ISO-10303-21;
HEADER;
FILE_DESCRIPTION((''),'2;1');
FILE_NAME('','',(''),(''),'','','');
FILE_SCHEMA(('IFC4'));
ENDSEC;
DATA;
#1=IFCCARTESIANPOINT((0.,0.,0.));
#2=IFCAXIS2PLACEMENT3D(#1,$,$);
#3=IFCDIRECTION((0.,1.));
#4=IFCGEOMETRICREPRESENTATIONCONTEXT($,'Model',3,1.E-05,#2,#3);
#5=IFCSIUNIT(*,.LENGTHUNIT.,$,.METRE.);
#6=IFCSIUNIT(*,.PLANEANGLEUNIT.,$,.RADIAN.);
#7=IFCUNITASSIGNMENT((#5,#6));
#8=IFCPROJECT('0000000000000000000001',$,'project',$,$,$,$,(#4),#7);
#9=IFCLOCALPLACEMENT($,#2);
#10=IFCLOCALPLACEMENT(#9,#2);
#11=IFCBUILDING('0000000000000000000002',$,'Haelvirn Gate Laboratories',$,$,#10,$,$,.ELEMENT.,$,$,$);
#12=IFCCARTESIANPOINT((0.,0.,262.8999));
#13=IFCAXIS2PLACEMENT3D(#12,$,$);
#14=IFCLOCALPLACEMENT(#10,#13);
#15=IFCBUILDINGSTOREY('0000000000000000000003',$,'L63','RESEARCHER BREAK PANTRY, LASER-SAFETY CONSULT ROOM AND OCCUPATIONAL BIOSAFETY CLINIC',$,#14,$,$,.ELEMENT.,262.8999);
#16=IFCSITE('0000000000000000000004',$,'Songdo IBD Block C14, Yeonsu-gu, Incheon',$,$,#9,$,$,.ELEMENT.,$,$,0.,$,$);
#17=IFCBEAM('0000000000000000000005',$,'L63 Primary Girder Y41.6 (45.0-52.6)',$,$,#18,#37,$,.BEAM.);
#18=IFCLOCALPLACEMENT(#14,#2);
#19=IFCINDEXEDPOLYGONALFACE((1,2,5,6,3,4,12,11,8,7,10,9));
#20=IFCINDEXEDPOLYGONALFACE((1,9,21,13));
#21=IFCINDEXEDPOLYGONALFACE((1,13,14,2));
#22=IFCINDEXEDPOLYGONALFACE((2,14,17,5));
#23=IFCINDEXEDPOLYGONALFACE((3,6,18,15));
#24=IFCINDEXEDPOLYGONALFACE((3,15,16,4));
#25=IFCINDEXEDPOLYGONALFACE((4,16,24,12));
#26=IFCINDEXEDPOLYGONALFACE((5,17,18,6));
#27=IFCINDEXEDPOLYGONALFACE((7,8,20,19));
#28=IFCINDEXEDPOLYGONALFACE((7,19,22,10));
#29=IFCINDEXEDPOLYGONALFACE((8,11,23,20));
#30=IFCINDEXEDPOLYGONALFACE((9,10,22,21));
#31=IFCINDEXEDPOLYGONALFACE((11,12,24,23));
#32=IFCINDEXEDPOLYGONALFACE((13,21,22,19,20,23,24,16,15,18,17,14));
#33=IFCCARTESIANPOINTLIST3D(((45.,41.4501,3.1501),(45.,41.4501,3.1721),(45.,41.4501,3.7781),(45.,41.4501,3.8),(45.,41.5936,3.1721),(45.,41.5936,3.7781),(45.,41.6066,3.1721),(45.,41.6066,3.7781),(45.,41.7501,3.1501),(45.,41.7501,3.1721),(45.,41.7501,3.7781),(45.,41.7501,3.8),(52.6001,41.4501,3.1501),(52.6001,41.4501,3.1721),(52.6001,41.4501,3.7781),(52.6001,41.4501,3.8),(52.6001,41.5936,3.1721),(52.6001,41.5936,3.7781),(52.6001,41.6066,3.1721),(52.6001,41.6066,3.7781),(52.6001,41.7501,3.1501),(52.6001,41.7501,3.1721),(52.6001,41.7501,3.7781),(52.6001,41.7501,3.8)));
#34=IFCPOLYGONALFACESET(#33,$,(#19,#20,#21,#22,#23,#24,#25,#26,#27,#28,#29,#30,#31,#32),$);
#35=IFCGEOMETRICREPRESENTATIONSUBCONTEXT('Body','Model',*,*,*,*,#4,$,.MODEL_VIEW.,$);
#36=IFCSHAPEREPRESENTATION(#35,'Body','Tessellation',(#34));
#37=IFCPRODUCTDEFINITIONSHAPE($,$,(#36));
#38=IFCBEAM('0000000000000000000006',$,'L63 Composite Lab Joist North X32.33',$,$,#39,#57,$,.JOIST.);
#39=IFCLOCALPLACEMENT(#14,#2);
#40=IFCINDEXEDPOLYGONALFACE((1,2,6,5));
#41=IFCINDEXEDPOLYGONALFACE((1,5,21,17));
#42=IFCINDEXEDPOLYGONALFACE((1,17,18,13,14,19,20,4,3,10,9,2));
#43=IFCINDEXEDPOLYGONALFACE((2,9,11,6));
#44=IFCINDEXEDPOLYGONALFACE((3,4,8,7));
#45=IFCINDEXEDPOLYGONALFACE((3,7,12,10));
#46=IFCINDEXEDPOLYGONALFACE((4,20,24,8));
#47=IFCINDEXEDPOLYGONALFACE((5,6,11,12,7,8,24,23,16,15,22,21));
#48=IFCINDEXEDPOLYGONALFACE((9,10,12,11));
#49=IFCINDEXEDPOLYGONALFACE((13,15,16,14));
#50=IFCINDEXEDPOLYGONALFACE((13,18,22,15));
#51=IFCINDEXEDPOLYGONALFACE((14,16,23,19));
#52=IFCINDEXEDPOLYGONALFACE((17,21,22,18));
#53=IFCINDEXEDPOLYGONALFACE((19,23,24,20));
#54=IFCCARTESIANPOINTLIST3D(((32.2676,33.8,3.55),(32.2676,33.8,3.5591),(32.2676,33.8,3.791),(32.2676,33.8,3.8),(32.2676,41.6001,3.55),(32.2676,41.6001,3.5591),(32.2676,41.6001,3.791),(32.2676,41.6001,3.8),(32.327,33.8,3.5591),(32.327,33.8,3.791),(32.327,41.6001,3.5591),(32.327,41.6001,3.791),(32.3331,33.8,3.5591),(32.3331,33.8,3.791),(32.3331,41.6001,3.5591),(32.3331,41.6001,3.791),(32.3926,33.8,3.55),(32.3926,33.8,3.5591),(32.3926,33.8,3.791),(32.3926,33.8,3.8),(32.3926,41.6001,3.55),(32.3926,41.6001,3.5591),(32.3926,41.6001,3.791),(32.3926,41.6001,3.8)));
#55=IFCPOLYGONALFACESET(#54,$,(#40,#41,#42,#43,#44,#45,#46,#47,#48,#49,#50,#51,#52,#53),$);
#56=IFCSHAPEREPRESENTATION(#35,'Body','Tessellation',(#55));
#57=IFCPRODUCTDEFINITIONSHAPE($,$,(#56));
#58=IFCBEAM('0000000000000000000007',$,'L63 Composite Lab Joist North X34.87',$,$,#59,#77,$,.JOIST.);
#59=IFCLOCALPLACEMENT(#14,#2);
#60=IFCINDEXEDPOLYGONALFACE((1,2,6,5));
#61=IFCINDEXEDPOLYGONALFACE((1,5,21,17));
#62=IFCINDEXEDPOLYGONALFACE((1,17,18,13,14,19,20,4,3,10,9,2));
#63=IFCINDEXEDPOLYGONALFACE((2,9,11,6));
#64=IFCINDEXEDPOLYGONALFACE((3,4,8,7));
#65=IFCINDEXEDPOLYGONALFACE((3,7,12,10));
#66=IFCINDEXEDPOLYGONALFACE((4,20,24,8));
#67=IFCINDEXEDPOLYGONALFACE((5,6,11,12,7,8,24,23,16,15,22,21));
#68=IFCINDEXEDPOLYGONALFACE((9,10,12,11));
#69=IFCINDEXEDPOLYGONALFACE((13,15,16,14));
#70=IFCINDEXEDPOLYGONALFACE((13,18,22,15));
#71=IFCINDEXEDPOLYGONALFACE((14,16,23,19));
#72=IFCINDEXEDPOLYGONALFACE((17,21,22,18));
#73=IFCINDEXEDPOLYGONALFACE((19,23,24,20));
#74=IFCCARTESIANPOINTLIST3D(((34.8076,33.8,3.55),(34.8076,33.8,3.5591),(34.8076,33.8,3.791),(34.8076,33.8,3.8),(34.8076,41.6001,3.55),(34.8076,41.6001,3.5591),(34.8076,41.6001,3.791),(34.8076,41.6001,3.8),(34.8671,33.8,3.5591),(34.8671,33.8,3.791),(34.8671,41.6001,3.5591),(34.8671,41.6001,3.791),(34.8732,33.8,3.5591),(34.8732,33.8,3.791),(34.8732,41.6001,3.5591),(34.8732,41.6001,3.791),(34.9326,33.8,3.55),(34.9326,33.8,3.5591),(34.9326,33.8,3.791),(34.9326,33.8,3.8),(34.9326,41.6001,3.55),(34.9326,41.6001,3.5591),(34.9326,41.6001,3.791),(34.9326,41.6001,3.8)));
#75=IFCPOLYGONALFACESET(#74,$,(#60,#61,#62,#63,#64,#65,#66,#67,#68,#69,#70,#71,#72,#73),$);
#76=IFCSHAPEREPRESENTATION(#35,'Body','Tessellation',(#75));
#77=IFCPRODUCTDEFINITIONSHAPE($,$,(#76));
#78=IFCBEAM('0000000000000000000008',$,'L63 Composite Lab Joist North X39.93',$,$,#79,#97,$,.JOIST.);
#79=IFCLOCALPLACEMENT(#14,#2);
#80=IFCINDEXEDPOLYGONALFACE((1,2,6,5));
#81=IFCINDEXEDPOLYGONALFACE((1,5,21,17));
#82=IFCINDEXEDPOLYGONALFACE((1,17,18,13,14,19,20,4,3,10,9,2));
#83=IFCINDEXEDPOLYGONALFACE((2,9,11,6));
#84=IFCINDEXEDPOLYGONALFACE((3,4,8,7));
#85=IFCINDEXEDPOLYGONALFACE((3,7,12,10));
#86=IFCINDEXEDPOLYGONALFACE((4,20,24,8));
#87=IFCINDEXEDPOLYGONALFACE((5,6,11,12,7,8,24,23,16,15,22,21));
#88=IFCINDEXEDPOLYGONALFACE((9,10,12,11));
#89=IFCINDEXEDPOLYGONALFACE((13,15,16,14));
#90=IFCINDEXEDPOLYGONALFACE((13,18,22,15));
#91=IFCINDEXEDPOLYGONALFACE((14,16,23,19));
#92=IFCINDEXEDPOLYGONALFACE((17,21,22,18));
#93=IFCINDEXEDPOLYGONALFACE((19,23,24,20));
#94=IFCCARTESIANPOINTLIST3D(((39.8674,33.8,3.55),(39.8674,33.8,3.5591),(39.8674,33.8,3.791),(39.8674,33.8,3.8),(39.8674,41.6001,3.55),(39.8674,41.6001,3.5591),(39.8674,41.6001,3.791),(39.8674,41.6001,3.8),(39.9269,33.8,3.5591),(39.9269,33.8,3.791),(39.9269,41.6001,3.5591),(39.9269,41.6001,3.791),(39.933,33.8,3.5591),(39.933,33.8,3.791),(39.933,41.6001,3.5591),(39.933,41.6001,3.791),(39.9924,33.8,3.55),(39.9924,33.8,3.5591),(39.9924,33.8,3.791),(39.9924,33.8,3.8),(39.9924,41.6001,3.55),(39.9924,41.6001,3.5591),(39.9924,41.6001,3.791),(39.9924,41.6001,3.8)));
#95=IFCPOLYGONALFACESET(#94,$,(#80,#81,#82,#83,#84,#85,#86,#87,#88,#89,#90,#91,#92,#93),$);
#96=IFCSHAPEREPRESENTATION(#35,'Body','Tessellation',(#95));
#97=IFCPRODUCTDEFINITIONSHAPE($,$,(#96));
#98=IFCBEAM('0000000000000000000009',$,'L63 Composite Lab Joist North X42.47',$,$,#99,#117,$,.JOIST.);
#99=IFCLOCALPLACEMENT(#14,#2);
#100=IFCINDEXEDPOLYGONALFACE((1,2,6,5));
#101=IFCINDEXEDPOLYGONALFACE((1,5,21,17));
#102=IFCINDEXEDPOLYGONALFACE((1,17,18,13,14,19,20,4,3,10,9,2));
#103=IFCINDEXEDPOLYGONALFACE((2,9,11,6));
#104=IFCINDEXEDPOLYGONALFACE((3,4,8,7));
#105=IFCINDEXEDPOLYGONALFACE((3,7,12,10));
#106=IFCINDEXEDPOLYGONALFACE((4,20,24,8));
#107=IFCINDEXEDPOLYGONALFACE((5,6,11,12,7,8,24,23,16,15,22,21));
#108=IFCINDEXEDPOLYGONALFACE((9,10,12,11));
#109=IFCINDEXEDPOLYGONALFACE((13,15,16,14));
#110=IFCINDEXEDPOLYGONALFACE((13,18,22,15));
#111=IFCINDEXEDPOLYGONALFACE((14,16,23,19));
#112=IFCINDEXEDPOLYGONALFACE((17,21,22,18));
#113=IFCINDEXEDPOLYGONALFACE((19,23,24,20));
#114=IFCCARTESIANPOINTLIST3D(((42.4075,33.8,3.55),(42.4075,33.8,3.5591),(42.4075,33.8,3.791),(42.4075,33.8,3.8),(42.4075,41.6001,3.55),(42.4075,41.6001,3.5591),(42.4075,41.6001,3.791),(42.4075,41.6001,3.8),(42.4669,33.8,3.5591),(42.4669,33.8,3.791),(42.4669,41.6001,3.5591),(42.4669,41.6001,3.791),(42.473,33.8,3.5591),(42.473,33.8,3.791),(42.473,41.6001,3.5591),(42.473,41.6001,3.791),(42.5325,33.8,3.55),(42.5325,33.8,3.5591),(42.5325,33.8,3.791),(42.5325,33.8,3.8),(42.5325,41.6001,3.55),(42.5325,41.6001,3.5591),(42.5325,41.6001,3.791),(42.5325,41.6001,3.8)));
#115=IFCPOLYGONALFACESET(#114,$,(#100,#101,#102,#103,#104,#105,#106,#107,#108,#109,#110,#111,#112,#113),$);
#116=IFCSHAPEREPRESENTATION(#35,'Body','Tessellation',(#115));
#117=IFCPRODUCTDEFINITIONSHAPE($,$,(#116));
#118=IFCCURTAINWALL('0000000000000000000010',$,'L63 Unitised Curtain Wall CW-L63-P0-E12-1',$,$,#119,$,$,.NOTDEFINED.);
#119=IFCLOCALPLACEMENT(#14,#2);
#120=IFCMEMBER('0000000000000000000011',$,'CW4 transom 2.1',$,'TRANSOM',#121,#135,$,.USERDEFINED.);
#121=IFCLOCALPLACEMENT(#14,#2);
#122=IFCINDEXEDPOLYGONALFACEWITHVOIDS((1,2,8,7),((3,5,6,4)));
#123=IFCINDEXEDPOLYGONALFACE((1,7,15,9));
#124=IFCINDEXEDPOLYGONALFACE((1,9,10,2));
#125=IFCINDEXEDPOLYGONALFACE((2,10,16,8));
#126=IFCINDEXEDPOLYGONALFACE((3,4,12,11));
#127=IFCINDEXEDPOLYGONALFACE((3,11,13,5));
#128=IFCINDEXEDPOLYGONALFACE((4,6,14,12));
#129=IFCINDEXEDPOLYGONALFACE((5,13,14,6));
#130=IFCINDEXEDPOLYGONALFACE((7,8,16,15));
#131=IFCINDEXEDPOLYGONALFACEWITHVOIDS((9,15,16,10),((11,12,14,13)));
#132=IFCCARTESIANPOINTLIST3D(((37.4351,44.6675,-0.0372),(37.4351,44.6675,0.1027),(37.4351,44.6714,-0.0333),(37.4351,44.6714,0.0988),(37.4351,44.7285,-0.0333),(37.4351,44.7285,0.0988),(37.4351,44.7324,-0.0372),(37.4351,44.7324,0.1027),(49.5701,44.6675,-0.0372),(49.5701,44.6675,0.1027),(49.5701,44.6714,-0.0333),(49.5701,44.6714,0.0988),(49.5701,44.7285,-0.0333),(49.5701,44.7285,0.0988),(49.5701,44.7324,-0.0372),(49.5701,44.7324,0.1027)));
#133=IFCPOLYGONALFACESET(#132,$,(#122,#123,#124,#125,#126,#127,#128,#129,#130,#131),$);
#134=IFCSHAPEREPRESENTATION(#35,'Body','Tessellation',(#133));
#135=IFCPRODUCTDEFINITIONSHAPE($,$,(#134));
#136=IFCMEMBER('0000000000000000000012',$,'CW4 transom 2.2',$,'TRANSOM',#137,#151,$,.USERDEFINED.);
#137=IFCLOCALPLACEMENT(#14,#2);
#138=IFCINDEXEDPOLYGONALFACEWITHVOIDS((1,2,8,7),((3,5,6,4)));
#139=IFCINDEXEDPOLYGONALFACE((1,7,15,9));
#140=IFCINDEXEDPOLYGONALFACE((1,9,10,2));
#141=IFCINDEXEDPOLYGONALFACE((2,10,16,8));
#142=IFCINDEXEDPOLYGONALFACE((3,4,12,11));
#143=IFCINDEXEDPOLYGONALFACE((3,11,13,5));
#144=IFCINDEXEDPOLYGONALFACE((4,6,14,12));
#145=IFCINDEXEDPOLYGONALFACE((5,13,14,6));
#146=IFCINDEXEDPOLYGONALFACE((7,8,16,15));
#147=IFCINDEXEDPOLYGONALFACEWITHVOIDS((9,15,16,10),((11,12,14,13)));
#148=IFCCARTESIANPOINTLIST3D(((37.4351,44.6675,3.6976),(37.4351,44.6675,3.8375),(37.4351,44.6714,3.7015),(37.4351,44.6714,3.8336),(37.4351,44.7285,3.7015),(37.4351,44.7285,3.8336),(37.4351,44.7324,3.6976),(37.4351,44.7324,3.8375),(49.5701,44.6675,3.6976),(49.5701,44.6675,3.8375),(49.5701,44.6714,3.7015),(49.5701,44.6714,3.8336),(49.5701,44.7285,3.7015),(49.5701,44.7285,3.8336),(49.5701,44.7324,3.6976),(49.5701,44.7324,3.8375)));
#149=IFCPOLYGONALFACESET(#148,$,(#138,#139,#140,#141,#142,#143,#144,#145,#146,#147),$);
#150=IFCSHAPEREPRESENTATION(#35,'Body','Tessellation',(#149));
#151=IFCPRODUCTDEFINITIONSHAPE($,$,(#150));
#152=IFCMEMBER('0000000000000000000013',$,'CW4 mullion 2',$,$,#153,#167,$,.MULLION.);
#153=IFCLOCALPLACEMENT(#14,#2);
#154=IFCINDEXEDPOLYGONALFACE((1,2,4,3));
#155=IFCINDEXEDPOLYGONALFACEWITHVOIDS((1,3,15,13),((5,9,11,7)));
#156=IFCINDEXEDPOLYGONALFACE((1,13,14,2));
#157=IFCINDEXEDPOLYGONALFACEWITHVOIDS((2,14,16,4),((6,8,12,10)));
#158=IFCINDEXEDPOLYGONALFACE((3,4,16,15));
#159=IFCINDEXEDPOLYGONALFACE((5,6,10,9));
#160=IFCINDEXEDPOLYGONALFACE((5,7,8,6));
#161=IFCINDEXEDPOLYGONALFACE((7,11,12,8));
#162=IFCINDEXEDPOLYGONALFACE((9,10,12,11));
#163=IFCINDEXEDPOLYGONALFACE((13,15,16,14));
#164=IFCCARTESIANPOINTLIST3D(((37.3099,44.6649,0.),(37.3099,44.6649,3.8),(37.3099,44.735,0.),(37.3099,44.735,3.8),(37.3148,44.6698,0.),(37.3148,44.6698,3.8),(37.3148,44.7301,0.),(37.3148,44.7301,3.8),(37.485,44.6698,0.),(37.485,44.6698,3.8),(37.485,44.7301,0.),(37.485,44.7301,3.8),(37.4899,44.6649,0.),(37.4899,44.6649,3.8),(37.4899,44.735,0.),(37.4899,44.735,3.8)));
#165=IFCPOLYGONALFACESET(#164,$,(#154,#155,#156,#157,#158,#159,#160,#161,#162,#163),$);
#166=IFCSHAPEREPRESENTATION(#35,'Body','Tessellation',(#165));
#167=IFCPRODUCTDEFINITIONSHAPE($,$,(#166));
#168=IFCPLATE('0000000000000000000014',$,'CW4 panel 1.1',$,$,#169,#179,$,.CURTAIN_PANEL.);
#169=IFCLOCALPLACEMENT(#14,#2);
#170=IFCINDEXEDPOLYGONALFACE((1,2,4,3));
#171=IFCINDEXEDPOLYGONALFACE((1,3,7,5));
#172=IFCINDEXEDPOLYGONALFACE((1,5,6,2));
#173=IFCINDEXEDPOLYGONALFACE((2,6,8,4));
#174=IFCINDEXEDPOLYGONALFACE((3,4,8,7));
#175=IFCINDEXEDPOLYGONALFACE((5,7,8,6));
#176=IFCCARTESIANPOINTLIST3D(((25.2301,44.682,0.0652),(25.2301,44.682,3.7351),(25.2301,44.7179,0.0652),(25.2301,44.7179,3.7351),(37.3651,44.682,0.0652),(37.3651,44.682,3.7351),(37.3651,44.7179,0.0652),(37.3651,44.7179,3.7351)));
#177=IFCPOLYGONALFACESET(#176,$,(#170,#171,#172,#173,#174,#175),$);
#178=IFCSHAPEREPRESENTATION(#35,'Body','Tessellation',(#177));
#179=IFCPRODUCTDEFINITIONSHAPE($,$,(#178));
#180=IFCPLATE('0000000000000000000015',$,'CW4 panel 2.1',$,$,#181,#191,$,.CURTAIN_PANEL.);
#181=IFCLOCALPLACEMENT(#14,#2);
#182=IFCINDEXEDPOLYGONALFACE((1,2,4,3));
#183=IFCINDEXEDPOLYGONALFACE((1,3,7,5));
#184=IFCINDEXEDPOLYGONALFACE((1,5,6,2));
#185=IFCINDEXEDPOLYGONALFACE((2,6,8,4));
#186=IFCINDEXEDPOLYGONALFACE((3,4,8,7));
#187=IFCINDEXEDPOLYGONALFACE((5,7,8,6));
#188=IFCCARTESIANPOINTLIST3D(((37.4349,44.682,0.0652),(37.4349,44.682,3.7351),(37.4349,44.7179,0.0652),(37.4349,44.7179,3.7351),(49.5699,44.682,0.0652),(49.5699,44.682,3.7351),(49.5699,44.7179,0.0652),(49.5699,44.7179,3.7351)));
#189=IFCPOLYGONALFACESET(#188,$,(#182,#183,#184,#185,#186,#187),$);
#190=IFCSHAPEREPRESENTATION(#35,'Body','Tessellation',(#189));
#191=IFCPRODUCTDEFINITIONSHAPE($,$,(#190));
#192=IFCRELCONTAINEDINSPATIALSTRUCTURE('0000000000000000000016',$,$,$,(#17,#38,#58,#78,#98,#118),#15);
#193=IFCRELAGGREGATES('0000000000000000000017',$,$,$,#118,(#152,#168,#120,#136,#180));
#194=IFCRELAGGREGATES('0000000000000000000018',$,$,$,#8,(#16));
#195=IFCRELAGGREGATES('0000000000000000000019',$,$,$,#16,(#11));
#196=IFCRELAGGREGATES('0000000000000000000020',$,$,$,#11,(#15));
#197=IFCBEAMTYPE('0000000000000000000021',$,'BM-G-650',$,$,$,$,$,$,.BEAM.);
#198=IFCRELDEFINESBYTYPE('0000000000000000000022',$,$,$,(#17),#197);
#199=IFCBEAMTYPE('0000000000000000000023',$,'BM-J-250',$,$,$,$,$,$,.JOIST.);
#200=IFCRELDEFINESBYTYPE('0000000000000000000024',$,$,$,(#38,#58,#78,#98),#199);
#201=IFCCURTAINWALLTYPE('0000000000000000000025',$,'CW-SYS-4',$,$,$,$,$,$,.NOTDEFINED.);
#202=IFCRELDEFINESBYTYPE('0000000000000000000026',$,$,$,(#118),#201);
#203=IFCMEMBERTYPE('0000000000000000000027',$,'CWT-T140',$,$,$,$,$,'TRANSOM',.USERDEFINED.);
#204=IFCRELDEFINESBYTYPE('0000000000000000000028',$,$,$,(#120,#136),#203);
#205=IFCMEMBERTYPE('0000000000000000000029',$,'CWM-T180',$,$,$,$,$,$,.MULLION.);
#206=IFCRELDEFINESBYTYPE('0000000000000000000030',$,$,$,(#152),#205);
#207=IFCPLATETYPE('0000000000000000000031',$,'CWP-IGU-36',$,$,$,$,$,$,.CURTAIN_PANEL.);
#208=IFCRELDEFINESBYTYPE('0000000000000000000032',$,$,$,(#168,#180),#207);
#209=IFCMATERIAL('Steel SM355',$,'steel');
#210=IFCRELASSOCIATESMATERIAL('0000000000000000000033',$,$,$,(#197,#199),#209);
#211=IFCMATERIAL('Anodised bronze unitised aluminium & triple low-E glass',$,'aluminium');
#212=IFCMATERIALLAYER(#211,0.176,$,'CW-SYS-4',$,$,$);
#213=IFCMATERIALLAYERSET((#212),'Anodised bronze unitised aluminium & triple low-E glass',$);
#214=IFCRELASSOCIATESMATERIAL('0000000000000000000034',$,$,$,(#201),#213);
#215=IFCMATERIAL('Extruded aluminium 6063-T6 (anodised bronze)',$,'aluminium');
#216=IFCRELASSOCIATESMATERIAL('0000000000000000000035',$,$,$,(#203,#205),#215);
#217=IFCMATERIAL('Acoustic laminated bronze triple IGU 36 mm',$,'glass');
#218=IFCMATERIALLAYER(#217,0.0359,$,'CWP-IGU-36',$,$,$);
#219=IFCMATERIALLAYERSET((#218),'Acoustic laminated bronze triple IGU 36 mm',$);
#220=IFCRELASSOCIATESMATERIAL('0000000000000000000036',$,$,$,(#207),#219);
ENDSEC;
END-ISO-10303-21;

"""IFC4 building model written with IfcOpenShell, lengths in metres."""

from ifc_helpers import new_model, si_unit, direction, frame, origin, origin_2d, place, context, subcontext, project, spatial, rectangle, hollow_rectangle, i_section, extrude, source, transform, mapped, material, layer, layer_set, material_profile, profile_set, type_object, type_shapes, element, aggregate, save


model = new_model("IFC4")

# Units and contexts
model_context = context("Model", 3, precision=1e-05, world=origin(), true_north=direction((0.0, 1.0)))
body_context = subcontext(model_context, "Body", "Model", "MODEL_VIEW")
ifc_project = project(units=[si_unit("LENGTHUNIT", "METRE"), si_unit("PLANEANGLEUNIT", "RADIAN")], contexts=[model_context])

# Site, building, storey
site_placement = place(None, origin())
site = spatial("IfcSite", under=ifc_project, at=site_placement, Name="Songdo IBD Block C14, Yeonsu-gu, Incheon", CompositionType="ELEMENT", RefElevation=0.0)
building_placement = place(site_placement, origin())
building = spatial("IfcBuilding", under=site, at=building_placement, Name="Haelvirn Gate Laboratories", CompositionType="ELEMENT")
storey_placement = place(building_placement, frame((0.0, 0.0, 262.8999)))
storey = spatial("IfcBuildingStorey", under=building, at=storey_placement, Name="L63", Description="RESEARCHER BREAK PANTRY, LASER-SAFETY CONSULT ROOM AND OCCUPATIONAL BIOSAFETY CLINIC", CompositionType="ELEMENT", Elevation=262.8999)

# Shared definitions
ifc_material_1 = material(Name="Steel SM355", Category="steel")

# Beams
ifc_material_profile_1 = material_profile(ifc_material_1, i_section(OverallWidth=0.3, OverallDepth=0.6499, WebThickness=0.0129, FlangeThickness=0.022, at=origin_2d()), Name="H-650x300x13x22")
ifc_profile_set_1 = profile_set([ifc_material_profile_1], Name="Steel SM355")
beam_type_1 = type_object("IfcBeamType", Name="BM-G-650", PredefinedType="BEAM", material=ifc_profile_set_1)
shared_shape_1 = source(origin(), body_context, "Body", "SweptSolid", [
    extrude(i_section(OverallWidth=0.3, OverallDepth=0.6499, WebThickness=0.0129, FlangeThickness=0.022, at=origin_2d()), origin(), (0.0, 0.0, 1.0), 7.6001),
])
type_shapes(beam_type_1, [shared_shape_1])
for number, where, z_axis, x_axis, name in (
    (1, (45.0, 41.6001, 3.4751), (1.0, 0.0, 0.0), (0.0, 1.0, 0.0), "L63 Primary Girder Y41.6 (45.0-52.6)"),
):
    element("IfcBeam", number, at=place(storey_placement, frame(where, z_axis=z_axis, x_axis=x_axis)), inside=storey, type_object=beam_type_1, Name=name, PredefinedType="BEAM", context=body_context, shape_type="MappedRepresentation", body=[
        mapped(shared_shape_1, transform((0.0, 0.0, 0.0), scale=1.0)),
    ])
ifc_material_profile_2 = material_profile(ifc_material_1, i_section(OverallWidth=0.125, OverallDepth=0.25, WebThickness=0.0061, FlangeThickness=0.009, at=origin_2d()), Name="H-250x125x6x9")
ifc_profile_set_2 = profile_set([ifc_material_profile_2], Name="Steel SM355")
beam_type_2 = type_object("IfcBeamType", Name="BM-J-250", PredefinedType="JOIST", material=ifc_profile_set_2)
shared_shape_2 = source(origin(), body_context, "Body", "SweptSolid", [
    extrude(i_section(OverallWidth=0.125, OverallDepth=0.25, WebThickness=0.0061, FlangeThickness=0.009, at=origin_2d()), origin(), (0.0, 0.0, 1.0), 7.8),
])
type_shapes(beam_type_2, [shared_shape_2])
for number, where, z_axis, x_axis, name in (
    (2, (32.3301, 33.8, 3.675), (0.0, 1.0, 0.0), (-1.0, 0.0, 0.0), "L63 Composite Lab Joist North X32.33"),
    (3, (34.8701, 33.8, 3.675), (0.0, 1.0, 0.0), (-1.0, 0.0, 0.0), "L63 Composite Lab Joist North X34.87"),
    (4, (39.9299, 33.8, 3.675), (0.0, 1.0, 0.0), (-1.0, 0.0, 0.0), "L63 Composite Lab Joist North X39.93"),
    (5, (42.47, 33.8, 3.675), (0.0, 1.0, 0.0), (-1.0, 0.0, 0.0), "L63 Composite Lab Joist North X42.47"),
):
    element("IfcBeam", number, at=place(storey_placement, frame(where, z_axis=z_axis, x_axis=x_axis)), inside=storey, type_object=beam_type_2, Name=name, PredefinedType="JOIST", context=body_context, shape_type="MappedRepresentation", body=[
        mapped(shared_shape_2, transform((0.0, 0.0, 0.0), scale=1.0)),
    ])

# Curtain wall, members, plates
ifc_material_2 = material(Name="Anodised bronze unitised aluminium & triple low-E glass", Category="aluminium")
ifc_layer_1 = layer(ifc_material_2, 0.176, Name="CW-SYS-4")
ifc_layer_set_1 = layer_set([ifc_layer_1], Name="Anodised bronze unitised aluminium & triple low-E glass")
curtain_wall_type = type_object("IfcCurtainWallType", Name="CW-SYS-4", PredefinedType="NOTDEFINED", material=ifc_layer_set_1)
curtain_wall_placement = place(storey_placement, origin())
curtain_wall = element("IfcCurtainWall", 6, at=curtain_wall_placement, inside=storey, type_object=curtain_wall_type, Name="L63 Unitised Curtain Wall CW-L63-P0-E12-1", PredefinedType="NOTDEFINED")
ifc_material_3 = material(Name="Extruded aluminium 6063-T6 (anodised bronze)", Category="aluminium")
ifc_material_profile_3 = material_profile(ifc_material_3, hollow_rectangle(XDim=0.0649, YDim=0.1399, WallThickness=0.0039, at=origin_2d()), Name="CWT-140x65x4")
ifc_profile_set_3 = profile_set([ifc_material_profile_3], Name="Extruded aluminium 6063-T6 (anodised bronze)")
member_type_1 = type_object("IfcMemberType", Name="CWT-T140", ElementType="TRANSOM", PredefinedType="USERDEFINED", material=ifc_profile_set_3)
shared_shape_3 = source(origin(), body_context, "Body", "SweptSolid", [
    extrude(hollow_rectangle(XDim=0.0649, YDim=0.1399, WallThickness=0.0039, at=origin_2d()), origin(), (0.0, 0.0, 1.0), 12.135),
])
type_shapes(member_type_1, [shared_shape_3])
member_1_placement = place(storey_placement, frame((37.4351, 44.7, 0.0327), z_axis=(1.0, 0.0, 0.0), x_axis=(0.0, 1.0, 0.0)))
member_1 = element("IfcMember", 7, at=member_1_placement, type_object=member_type_1, Name="CW4 transom 2.1", ObjectType="TRANSOM", PredefinedType="USERDEFINED", context=body_context, shape_type="MappedRepresentation", body=[
    mapped(shared_shape_3, transform((0.0, 0.0, 0.0), scale=1.0)),
])
member_2_placement = place(storey_placement, frame((37.4351, 44.7, 3.7676), z_axis=(1.0, 0.0, 0.0), x_axis=(0.0, 1.0, 0.0)))
member_2 = element("IfcMember", 8, at=member_2_placement, type_object=member_type_1, Name="CW4 transom 2.2", ObjectType="TRANSOM", PredefinedType="USERDEFINED", context=body_context, shape_type="MappedRepresentation", body=[
    mapped(shared_shape_3, transform((0.0, 0.0, 0.0), scale=1.0)),
])
ifc_material_profile_4 = material_profile(ifc_material_3, hollow_rectangle(XDim=0.0701, YDim=0.1799, WallThickness=0.0049, at=origin_2d()), Name="CWM-180x70x5")
ifc_profile_set_4 = profile_set([ifc_material_profile_4], Name="Extruded aluminium 6063-T6 (anodised bronze)")
member_type_2 = type_object("IfcMemberType", Name="CWM-T180", PredefinedType="MULLION", material=ifc_profile_set_4)
shared_shape_4 = source(origin(), body_context, "Body", "SweptSolid", [
    extrude(hollow_rectangle(XDim=0.0701, YDim=0.1799, WallThickness=0.0049, at=origin_2d()), origin(), (0.0, 0.0, 1.0), 3.8),
])
type_shapes(member_type_2, [shared_shape_4])
member_3_placement = place(storey_placement, frame((37.3999, 44.7, 0.0), z_axis=(0.0, 0.0, 1.0), x_axis=(0.0, 1.0, 0.0)))
member_3 = element("IfcMember", 9, at=member_3_placement, type_object=member_type_2, Name="CW4 mullion 2", PredefinedType="MULLION", context=body_context, shape_type="MappedRepresentation", body=[
    mapped(shared_shape_4, transform((0.0, 0.0, 0.0), scale=1.0)),
])
ifc_material_4 = material(Name="Acoustic laminated bronze triple IGU 36 mm", Category="glass")
ifc_layer_2 = layer(ifc_material_4, 0.0359, Name="CWP-IGU-36")
ifc_layer_set_2 = layer_set([ifc_layer_2], Name="Acoustic laminated bronze triple IGU 36 mm")
plate_type = type_object("IfcPlateType", Name="CWP-IGU-36", PredefinedType="CURTAIN_PANEL", material=ifc_layer_set_2)
shared_shape_5 = source(origin(), body_context, "Body", "SweptSolid", [
    extrude(rectangle(XDim=12.135, YDim=0.0359, at=origin_2d()), origin(), (0.0, 0.0, 1.0), 3.6699),
])
type_shapes(plate_type, [shared_shape_5])
plate_1_placement = place(storey_placement, frame((31.2976, 44.7, 0.0652), z_axis=(0.0, 0.0, 1.0), x_axis=(1.0, 0.0, 0.0)))
plate_1 = element("IfcPlate", 10, at=plate_1_placement, type_object=plate_type, Name="CW4 panel 1.1", PredefinedType="CURTAIN_PANEL", context=body_context, shape_type="MappedRepresentation", body=[
    mapped(shared_shape_5, transform((0.0, 0.0, 0.0), scale=1.0)),
])
plate_2_placement = place(storey_placement, frame((43.5024, 44.7, 0.0652), z_axis=(0.0, 0.0, 1.0), x_axis=(1.0, 0.0, 0.0)))
plate_2 = element("IfcPlate", 11, at=plate_2_placement, type_object=plate_type, Name="CW4 panel 2.1", PredefinedType="CURTAIN_PANEL", context=body_context, shape_type="MappedRepresentation", body=[
    mapped(shared_shape_5, transform((0.0, 0.0, 0.0), scale=1.0)),
])
aggregate(curtain_wall, [member_3, plate_1, member_1, member_2, plate_2])

save(model, "model.ifc")
